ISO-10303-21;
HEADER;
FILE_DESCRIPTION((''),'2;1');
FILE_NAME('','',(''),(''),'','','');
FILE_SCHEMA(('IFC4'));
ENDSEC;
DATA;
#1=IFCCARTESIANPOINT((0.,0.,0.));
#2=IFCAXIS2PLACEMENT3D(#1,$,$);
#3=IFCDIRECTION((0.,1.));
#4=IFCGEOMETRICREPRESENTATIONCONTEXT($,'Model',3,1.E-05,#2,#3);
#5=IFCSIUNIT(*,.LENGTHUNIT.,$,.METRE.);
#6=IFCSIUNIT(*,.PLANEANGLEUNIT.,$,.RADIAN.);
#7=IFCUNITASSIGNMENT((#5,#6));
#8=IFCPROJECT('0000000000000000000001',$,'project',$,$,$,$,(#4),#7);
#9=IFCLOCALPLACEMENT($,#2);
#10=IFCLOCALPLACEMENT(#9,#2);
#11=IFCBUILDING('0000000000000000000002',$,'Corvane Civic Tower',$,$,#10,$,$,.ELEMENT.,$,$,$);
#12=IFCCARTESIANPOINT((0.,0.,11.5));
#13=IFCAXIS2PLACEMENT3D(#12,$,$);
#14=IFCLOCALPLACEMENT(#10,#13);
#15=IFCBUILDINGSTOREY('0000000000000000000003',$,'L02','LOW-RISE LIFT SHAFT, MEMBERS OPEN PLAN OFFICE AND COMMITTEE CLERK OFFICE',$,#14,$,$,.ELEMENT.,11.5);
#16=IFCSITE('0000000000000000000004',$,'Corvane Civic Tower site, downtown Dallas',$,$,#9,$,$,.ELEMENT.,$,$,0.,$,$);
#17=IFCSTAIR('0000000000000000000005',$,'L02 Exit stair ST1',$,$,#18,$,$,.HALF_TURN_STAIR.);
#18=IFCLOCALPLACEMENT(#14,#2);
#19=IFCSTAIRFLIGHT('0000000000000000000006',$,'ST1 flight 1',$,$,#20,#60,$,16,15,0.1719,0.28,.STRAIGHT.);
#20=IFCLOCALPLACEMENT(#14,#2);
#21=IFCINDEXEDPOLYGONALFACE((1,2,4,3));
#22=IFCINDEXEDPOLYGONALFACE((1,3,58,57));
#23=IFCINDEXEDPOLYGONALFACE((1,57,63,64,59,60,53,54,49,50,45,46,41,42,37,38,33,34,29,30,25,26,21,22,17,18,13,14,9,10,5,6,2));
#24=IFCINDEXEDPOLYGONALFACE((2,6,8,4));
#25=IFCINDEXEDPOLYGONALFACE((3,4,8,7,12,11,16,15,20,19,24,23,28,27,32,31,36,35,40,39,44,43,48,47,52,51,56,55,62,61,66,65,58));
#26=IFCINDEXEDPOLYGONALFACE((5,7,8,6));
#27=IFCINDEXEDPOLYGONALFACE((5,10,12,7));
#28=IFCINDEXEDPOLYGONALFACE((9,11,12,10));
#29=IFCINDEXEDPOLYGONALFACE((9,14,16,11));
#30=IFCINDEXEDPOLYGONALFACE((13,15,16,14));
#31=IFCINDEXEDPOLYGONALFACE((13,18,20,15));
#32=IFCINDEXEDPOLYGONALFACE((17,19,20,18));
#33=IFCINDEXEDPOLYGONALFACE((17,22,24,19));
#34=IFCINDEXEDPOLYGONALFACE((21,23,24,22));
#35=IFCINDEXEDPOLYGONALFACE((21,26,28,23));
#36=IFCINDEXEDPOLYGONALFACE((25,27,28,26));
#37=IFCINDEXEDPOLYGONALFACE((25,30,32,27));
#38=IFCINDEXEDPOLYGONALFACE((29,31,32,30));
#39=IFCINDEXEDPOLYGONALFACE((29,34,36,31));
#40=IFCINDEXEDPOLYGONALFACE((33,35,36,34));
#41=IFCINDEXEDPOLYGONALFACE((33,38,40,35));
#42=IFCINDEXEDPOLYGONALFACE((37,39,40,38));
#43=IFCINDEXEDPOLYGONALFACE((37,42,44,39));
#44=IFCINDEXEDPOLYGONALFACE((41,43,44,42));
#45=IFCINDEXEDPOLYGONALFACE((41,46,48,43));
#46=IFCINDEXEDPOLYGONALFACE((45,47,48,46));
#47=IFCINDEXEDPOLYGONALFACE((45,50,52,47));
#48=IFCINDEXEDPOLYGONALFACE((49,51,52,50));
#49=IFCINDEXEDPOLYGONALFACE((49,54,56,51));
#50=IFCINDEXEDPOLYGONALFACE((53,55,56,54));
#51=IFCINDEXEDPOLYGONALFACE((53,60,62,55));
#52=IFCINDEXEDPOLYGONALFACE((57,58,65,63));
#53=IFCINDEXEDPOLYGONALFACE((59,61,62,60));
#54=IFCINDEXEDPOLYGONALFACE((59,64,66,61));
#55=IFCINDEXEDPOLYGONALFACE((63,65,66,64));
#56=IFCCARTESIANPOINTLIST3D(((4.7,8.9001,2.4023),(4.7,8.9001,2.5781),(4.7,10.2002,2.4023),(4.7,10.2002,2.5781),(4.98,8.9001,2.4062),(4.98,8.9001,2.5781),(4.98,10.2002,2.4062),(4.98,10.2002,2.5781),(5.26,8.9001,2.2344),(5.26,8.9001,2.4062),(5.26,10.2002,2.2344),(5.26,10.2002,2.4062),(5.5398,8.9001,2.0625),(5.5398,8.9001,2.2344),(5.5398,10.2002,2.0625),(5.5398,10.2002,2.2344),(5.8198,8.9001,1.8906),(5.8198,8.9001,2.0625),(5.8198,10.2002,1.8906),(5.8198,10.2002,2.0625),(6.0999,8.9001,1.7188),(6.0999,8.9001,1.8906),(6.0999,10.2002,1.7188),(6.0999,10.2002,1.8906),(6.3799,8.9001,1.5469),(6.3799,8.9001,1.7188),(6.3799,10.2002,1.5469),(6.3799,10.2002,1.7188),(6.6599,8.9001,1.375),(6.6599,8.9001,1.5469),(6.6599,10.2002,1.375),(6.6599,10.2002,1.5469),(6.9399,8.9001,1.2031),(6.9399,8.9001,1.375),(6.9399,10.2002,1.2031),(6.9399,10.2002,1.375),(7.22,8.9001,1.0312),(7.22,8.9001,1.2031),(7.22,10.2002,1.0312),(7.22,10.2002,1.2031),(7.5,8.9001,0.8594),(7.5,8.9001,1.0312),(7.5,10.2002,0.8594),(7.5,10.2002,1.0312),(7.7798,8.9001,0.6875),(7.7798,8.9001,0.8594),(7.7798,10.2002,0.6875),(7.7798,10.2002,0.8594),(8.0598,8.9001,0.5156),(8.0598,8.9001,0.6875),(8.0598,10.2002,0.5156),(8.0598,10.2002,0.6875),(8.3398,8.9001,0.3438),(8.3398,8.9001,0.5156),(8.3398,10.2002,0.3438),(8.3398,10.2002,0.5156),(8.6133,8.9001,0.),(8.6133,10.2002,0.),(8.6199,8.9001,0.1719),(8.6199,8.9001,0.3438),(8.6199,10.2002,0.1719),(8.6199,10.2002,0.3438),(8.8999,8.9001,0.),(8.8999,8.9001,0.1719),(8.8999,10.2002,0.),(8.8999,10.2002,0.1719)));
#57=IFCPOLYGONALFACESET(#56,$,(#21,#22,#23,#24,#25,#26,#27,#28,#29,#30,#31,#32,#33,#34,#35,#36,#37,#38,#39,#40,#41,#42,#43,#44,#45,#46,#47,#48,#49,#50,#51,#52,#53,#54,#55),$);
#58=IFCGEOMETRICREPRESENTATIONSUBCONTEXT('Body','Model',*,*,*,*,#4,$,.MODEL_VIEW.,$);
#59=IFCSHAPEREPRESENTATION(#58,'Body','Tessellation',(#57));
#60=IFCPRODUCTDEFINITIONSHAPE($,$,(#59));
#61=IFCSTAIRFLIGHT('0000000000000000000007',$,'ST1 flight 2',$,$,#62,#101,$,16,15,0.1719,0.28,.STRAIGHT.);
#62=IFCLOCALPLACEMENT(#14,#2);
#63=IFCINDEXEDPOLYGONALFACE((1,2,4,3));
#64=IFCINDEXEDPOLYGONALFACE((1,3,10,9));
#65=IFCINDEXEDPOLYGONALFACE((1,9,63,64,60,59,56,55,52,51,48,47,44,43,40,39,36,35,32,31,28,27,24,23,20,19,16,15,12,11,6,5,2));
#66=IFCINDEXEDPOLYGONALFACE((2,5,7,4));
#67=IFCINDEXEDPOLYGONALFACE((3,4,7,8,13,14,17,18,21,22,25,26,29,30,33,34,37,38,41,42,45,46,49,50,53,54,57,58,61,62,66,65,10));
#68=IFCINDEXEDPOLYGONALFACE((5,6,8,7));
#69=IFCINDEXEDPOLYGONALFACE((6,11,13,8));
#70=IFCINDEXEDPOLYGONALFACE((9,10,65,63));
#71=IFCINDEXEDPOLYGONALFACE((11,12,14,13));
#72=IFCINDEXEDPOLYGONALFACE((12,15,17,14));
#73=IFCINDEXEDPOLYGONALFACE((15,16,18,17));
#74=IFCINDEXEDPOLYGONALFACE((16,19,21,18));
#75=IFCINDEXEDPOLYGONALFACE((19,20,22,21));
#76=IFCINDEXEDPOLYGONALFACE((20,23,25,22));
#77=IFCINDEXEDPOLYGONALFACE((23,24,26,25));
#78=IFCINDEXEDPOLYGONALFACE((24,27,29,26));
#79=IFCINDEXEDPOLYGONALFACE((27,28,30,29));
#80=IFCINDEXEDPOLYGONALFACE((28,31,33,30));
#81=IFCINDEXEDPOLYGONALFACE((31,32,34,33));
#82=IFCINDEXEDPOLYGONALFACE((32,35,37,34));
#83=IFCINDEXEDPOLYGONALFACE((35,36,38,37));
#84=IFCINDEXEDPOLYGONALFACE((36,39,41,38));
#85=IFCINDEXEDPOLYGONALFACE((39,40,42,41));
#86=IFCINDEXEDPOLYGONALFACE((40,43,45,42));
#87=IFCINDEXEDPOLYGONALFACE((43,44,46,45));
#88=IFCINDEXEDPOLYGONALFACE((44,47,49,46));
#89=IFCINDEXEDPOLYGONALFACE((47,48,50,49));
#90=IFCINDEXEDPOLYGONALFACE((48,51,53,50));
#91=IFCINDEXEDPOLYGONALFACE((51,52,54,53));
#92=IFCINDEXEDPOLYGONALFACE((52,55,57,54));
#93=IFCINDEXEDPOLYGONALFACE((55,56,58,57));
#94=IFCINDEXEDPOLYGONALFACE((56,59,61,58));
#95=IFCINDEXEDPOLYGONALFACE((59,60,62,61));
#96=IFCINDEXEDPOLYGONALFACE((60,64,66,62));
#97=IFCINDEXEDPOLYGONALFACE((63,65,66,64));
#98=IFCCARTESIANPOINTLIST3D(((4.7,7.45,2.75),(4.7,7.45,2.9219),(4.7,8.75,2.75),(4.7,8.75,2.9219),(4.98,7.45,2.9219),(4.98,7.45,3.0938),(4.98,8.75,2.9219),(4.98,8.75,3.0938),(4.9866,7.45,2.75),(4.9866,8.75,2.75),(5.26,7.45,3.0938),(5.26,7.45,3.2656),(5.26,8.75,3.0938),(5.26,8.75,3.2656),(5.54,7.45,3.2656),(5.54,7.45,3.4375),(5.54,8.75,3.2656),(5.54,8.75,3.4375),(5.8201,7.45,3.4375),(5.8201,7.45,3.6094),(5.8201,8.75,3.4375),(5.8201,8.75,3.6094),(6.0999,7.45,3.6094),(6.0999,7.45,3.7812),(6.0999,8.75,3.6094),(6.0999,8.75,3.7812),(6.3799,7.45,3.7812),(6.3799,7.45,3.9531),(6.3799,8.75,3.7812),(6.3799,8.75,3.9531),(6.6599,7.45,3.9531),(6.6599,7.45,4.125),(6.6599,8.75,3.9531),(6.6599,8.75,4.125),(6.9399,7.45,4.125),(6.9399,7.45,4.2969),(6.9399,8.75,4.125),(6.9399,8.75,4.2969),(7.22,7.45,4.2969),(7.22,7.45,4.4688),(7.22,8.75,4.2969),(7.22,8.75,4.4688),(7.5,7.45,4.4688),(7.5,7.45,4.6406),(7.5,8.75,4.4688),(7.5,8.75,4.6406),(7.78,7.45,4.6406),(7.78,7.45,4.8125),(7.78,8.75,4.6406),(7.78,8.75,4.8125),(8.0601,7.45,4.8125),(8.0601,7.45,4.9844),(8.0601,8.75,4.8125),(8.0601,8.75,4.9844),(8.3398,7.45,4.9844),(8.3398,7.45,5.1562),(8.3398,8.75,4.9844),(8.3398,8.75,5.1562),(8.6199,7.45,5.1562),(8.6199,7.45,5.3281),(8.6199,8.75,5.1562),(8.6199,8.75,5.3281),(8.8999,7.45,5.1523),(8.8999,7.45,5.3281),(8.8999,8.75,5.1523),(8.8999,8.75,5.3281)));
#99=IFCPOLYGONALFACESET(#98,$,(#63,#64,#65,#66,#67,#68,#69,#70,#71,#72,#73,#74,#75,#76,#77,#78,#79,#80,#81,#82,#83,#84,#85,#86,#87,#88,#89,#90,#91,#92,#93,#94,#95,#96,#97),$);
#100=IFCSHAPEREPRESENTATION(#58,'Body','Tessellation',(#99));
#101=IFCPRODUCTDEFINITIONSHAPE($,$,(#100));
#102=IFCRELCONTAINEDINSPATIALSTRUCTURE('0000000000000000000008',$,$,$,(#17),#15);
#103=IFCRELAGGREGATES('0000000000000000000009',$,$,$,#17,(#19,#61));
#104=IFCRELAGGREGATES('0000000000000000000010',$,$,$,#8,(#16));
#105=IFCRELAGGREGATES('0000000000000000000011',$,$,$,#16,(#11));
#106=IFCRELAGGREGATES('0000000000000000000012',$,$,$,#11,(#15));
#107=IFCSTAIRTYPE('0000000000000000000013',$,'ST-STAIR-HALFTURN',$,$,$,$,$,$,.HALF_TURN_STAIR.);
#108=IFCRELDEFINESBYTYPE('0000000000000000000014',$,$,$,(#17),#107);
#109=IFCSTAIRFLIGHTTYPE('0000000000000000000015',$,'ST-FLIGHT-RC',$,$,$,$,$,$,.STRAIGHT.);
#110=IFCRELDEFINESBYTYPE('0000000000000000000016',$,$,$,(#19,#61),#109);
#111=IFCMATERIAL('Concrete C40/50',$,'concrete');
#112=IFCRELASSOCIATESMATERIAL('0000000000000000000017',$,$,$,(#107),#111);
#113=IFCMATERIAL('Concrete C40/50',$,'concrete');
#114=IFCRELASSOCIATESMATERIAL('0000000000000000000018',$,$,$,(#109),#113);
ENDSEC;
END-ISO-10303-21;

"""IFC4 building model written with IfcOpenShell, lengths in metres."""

from ifc_helpers import new_model, si_unit, direction, frame, origin, place, context, subcontext, project, spatial, polyline, outline, extrude, material, type_object, element, aggregate, save


model = new_model("IFC4")

# Units and contexts
model_context = context("Model", 3, precision=1e-05, world=origin(), true_north=direction((0.0, 1.0)))
body_context = subcontext(model_context, "Body", "Model", "MODEL_VIEW")
ifc_project = project(units=[si_unit("LENGTHUNIT", "METRE"), si_unit("PLANEANGLEUNIT", "RADIAN")], contexts=[model_context])

# Site, building, storey
site_placement = place(None, origin())
site = spatial("IfcSite", under=ifc_project, at=site_placement, Name="Corvane Civic Tower site, downtown Dallas", CompositionType="ELEMENT", RefElevation=0.0)
building_placement = place(site_placement, origin())
building = spatial("IfcBuilding", under=site, at=building_placement, Name="Corvane Civic Tower", CompositionType="ELEMENT")
storey_placement = place(building_placement, frame((0.0, 0.0, 11.5)))
storey = spatial("IfcBuildingStorey", under=building, at=storey_placement, Name="L02", Description="LOW-RISE LIFT SHAFT, MEMBERS OPEN PLAN OFFICE AND COMMITTEE CLERK OFFICE", CompositionType="ELEMENT", Elevation=11.5)

# Stair, stair flights
ifc_material_1 = material(Name="Concrete C40/50", Category="concrete")
stair_type = type_object("IfcStairType", Name="ST-STAIR-HALFTURN", PredefinedType="HALF_TURN_STAIR", material=ifc_material_1)
stair_placement = place(storey_placement, origin())
stair = element("IfcStair", 1, at=stair_placement, inside=storey, type_object=stair_type, Name="L02 Exit stair ST1", PredefinedType="HALF_TURN_STAIR")
ifc_material_2 = material(Name="Concrete C40/50", Category="concrete")
stair_flight_type = type_object("IfcStairFlightType", Name="ST-FLIGHT-RC", PredefinedType="STRAIGHT", material=ifc_material_2)
stair_flight_1_placement = place(storey_placement, frame((8.8999, 9.55, 0.0), z_axis=(0.0, 0.0, 1.0), x_axis=(-1.0, 0.0, 0.0)))
stair_flight_1 = element("IfcStairFlight", 2, at=stair_flight_1_placement, type_object=stair_flight_type, Name="ST1 flight 1", NumberOfRisers=16, NumberOfTreads=15, PredefinedType="STRAIGHT", RiserHeight=0.1719, TreadLength=0.28, context=body_context, shape_type="SweptSolid", body=[
    extrude(outline(polyline([(0.0, 0.0), (0.0, 0.1719), (0.28, 0.1719), (0.28, 0.3438), (0.5601, 0.3438), (0.5601, 0.5156), (0.8401, 0.5156), (0.8401, 0.6875), (1.1201, 0.6875), (1.1201, 0.8594), (1.3999, 0.8594), (1.3999, 1.0312), (1.6799, 1.0312), (1.6799, 1.2031), (1.96, 1.2031), (1.96, 1.375), (2.24, 1.375), (2.24, 1.5469), (2.52, 1.5469), (2.52, 1.7188), (2.8, 1.7188), (2.8, 1.8906), (3.0801, 1.8906), (3.0801, 2.0625), (3.3601, 2.0625), (3.3601, 2.2344), (3.6399, 2.2344), (3.6399, 2.4062), (3.9199, 2.4062), (3.9199, 2.5781), (4.2, 2.5781), (4.2, 2.75), (4.2, 2.4023), (0.2866, 0.0), (0.0, 0.0)])), frame((0.0, 0.6499, 0.0), z_axis=(0.0, -1.0, 0.0), x_axis=(1.0, 0.0, 0.0)), (0.0, 0.0, 1.0), 1.3),
])
stair_flight_2_placement = place(storey_placement, frame((4.7, 8.1001, 2.75), z_axis=(0.0, 0.0, 1.0), x_axis=(1.0, 0.0, 0.0)))
stair_flight_2 = element("IfcStairFlight", 3, at=stair_flight_2_placement, type_object=stair_flight_type, Name="ST1 flight 2", NumberOfRisers=16, NumberOfTreads=15, PredefinedType="STRAIGHT", RiserHeight=0.1719, TreadLength=0.28, context=body_context, shape_type="SweptSolid", body=[
    extrude(outline(polyline([(0.0, 0.0), (0.0, 0.1719), (0.28, 0.1719), (0.28, 0.3438), (0.5601, 0.3438), (0.5601, 0.5156), (0.8401, 0.5156), (0.8401, 0.6875), (1.1201, 0.6875), (1.1201, 0.8594), (1.3999, 0.8594), (1.3999, 1.0312), (1.6799, 1.0312), (1.6799, 1.2031), (1.96, 1.2031), (1.96, 1.375), (2.24, 1.375), (2.24, 1.5469), (2.52, 1.5469), (2.52, 1.7188), (2.8, 1.7188), (2.8, 1.8906), (3.0801, 1.8906), (3.0801, 2.0625), (3.3601, 2.0625), (3.3601, 2.2344), (3.6399, 2.2344), (3.6399, 2.4062), (3.9199, 2.4062), (3.9199, 2.5781), (4.2, 2.5781), (4.2, 2.75), (4.2, 2.4023), (0.2866, 0.0), (0.0, 0.0)])), frame((0.0, 0.6499, 0.0), z_axis=(0.0, -1.0, 0.0), x_axis=(1.0, 0.0, 0.0)), (0.0, 0.0, 1.0), 1.3),
])
aggregate(stair, [stair_flight_1, stair_flight_2])

save(model, "model.ifc")
